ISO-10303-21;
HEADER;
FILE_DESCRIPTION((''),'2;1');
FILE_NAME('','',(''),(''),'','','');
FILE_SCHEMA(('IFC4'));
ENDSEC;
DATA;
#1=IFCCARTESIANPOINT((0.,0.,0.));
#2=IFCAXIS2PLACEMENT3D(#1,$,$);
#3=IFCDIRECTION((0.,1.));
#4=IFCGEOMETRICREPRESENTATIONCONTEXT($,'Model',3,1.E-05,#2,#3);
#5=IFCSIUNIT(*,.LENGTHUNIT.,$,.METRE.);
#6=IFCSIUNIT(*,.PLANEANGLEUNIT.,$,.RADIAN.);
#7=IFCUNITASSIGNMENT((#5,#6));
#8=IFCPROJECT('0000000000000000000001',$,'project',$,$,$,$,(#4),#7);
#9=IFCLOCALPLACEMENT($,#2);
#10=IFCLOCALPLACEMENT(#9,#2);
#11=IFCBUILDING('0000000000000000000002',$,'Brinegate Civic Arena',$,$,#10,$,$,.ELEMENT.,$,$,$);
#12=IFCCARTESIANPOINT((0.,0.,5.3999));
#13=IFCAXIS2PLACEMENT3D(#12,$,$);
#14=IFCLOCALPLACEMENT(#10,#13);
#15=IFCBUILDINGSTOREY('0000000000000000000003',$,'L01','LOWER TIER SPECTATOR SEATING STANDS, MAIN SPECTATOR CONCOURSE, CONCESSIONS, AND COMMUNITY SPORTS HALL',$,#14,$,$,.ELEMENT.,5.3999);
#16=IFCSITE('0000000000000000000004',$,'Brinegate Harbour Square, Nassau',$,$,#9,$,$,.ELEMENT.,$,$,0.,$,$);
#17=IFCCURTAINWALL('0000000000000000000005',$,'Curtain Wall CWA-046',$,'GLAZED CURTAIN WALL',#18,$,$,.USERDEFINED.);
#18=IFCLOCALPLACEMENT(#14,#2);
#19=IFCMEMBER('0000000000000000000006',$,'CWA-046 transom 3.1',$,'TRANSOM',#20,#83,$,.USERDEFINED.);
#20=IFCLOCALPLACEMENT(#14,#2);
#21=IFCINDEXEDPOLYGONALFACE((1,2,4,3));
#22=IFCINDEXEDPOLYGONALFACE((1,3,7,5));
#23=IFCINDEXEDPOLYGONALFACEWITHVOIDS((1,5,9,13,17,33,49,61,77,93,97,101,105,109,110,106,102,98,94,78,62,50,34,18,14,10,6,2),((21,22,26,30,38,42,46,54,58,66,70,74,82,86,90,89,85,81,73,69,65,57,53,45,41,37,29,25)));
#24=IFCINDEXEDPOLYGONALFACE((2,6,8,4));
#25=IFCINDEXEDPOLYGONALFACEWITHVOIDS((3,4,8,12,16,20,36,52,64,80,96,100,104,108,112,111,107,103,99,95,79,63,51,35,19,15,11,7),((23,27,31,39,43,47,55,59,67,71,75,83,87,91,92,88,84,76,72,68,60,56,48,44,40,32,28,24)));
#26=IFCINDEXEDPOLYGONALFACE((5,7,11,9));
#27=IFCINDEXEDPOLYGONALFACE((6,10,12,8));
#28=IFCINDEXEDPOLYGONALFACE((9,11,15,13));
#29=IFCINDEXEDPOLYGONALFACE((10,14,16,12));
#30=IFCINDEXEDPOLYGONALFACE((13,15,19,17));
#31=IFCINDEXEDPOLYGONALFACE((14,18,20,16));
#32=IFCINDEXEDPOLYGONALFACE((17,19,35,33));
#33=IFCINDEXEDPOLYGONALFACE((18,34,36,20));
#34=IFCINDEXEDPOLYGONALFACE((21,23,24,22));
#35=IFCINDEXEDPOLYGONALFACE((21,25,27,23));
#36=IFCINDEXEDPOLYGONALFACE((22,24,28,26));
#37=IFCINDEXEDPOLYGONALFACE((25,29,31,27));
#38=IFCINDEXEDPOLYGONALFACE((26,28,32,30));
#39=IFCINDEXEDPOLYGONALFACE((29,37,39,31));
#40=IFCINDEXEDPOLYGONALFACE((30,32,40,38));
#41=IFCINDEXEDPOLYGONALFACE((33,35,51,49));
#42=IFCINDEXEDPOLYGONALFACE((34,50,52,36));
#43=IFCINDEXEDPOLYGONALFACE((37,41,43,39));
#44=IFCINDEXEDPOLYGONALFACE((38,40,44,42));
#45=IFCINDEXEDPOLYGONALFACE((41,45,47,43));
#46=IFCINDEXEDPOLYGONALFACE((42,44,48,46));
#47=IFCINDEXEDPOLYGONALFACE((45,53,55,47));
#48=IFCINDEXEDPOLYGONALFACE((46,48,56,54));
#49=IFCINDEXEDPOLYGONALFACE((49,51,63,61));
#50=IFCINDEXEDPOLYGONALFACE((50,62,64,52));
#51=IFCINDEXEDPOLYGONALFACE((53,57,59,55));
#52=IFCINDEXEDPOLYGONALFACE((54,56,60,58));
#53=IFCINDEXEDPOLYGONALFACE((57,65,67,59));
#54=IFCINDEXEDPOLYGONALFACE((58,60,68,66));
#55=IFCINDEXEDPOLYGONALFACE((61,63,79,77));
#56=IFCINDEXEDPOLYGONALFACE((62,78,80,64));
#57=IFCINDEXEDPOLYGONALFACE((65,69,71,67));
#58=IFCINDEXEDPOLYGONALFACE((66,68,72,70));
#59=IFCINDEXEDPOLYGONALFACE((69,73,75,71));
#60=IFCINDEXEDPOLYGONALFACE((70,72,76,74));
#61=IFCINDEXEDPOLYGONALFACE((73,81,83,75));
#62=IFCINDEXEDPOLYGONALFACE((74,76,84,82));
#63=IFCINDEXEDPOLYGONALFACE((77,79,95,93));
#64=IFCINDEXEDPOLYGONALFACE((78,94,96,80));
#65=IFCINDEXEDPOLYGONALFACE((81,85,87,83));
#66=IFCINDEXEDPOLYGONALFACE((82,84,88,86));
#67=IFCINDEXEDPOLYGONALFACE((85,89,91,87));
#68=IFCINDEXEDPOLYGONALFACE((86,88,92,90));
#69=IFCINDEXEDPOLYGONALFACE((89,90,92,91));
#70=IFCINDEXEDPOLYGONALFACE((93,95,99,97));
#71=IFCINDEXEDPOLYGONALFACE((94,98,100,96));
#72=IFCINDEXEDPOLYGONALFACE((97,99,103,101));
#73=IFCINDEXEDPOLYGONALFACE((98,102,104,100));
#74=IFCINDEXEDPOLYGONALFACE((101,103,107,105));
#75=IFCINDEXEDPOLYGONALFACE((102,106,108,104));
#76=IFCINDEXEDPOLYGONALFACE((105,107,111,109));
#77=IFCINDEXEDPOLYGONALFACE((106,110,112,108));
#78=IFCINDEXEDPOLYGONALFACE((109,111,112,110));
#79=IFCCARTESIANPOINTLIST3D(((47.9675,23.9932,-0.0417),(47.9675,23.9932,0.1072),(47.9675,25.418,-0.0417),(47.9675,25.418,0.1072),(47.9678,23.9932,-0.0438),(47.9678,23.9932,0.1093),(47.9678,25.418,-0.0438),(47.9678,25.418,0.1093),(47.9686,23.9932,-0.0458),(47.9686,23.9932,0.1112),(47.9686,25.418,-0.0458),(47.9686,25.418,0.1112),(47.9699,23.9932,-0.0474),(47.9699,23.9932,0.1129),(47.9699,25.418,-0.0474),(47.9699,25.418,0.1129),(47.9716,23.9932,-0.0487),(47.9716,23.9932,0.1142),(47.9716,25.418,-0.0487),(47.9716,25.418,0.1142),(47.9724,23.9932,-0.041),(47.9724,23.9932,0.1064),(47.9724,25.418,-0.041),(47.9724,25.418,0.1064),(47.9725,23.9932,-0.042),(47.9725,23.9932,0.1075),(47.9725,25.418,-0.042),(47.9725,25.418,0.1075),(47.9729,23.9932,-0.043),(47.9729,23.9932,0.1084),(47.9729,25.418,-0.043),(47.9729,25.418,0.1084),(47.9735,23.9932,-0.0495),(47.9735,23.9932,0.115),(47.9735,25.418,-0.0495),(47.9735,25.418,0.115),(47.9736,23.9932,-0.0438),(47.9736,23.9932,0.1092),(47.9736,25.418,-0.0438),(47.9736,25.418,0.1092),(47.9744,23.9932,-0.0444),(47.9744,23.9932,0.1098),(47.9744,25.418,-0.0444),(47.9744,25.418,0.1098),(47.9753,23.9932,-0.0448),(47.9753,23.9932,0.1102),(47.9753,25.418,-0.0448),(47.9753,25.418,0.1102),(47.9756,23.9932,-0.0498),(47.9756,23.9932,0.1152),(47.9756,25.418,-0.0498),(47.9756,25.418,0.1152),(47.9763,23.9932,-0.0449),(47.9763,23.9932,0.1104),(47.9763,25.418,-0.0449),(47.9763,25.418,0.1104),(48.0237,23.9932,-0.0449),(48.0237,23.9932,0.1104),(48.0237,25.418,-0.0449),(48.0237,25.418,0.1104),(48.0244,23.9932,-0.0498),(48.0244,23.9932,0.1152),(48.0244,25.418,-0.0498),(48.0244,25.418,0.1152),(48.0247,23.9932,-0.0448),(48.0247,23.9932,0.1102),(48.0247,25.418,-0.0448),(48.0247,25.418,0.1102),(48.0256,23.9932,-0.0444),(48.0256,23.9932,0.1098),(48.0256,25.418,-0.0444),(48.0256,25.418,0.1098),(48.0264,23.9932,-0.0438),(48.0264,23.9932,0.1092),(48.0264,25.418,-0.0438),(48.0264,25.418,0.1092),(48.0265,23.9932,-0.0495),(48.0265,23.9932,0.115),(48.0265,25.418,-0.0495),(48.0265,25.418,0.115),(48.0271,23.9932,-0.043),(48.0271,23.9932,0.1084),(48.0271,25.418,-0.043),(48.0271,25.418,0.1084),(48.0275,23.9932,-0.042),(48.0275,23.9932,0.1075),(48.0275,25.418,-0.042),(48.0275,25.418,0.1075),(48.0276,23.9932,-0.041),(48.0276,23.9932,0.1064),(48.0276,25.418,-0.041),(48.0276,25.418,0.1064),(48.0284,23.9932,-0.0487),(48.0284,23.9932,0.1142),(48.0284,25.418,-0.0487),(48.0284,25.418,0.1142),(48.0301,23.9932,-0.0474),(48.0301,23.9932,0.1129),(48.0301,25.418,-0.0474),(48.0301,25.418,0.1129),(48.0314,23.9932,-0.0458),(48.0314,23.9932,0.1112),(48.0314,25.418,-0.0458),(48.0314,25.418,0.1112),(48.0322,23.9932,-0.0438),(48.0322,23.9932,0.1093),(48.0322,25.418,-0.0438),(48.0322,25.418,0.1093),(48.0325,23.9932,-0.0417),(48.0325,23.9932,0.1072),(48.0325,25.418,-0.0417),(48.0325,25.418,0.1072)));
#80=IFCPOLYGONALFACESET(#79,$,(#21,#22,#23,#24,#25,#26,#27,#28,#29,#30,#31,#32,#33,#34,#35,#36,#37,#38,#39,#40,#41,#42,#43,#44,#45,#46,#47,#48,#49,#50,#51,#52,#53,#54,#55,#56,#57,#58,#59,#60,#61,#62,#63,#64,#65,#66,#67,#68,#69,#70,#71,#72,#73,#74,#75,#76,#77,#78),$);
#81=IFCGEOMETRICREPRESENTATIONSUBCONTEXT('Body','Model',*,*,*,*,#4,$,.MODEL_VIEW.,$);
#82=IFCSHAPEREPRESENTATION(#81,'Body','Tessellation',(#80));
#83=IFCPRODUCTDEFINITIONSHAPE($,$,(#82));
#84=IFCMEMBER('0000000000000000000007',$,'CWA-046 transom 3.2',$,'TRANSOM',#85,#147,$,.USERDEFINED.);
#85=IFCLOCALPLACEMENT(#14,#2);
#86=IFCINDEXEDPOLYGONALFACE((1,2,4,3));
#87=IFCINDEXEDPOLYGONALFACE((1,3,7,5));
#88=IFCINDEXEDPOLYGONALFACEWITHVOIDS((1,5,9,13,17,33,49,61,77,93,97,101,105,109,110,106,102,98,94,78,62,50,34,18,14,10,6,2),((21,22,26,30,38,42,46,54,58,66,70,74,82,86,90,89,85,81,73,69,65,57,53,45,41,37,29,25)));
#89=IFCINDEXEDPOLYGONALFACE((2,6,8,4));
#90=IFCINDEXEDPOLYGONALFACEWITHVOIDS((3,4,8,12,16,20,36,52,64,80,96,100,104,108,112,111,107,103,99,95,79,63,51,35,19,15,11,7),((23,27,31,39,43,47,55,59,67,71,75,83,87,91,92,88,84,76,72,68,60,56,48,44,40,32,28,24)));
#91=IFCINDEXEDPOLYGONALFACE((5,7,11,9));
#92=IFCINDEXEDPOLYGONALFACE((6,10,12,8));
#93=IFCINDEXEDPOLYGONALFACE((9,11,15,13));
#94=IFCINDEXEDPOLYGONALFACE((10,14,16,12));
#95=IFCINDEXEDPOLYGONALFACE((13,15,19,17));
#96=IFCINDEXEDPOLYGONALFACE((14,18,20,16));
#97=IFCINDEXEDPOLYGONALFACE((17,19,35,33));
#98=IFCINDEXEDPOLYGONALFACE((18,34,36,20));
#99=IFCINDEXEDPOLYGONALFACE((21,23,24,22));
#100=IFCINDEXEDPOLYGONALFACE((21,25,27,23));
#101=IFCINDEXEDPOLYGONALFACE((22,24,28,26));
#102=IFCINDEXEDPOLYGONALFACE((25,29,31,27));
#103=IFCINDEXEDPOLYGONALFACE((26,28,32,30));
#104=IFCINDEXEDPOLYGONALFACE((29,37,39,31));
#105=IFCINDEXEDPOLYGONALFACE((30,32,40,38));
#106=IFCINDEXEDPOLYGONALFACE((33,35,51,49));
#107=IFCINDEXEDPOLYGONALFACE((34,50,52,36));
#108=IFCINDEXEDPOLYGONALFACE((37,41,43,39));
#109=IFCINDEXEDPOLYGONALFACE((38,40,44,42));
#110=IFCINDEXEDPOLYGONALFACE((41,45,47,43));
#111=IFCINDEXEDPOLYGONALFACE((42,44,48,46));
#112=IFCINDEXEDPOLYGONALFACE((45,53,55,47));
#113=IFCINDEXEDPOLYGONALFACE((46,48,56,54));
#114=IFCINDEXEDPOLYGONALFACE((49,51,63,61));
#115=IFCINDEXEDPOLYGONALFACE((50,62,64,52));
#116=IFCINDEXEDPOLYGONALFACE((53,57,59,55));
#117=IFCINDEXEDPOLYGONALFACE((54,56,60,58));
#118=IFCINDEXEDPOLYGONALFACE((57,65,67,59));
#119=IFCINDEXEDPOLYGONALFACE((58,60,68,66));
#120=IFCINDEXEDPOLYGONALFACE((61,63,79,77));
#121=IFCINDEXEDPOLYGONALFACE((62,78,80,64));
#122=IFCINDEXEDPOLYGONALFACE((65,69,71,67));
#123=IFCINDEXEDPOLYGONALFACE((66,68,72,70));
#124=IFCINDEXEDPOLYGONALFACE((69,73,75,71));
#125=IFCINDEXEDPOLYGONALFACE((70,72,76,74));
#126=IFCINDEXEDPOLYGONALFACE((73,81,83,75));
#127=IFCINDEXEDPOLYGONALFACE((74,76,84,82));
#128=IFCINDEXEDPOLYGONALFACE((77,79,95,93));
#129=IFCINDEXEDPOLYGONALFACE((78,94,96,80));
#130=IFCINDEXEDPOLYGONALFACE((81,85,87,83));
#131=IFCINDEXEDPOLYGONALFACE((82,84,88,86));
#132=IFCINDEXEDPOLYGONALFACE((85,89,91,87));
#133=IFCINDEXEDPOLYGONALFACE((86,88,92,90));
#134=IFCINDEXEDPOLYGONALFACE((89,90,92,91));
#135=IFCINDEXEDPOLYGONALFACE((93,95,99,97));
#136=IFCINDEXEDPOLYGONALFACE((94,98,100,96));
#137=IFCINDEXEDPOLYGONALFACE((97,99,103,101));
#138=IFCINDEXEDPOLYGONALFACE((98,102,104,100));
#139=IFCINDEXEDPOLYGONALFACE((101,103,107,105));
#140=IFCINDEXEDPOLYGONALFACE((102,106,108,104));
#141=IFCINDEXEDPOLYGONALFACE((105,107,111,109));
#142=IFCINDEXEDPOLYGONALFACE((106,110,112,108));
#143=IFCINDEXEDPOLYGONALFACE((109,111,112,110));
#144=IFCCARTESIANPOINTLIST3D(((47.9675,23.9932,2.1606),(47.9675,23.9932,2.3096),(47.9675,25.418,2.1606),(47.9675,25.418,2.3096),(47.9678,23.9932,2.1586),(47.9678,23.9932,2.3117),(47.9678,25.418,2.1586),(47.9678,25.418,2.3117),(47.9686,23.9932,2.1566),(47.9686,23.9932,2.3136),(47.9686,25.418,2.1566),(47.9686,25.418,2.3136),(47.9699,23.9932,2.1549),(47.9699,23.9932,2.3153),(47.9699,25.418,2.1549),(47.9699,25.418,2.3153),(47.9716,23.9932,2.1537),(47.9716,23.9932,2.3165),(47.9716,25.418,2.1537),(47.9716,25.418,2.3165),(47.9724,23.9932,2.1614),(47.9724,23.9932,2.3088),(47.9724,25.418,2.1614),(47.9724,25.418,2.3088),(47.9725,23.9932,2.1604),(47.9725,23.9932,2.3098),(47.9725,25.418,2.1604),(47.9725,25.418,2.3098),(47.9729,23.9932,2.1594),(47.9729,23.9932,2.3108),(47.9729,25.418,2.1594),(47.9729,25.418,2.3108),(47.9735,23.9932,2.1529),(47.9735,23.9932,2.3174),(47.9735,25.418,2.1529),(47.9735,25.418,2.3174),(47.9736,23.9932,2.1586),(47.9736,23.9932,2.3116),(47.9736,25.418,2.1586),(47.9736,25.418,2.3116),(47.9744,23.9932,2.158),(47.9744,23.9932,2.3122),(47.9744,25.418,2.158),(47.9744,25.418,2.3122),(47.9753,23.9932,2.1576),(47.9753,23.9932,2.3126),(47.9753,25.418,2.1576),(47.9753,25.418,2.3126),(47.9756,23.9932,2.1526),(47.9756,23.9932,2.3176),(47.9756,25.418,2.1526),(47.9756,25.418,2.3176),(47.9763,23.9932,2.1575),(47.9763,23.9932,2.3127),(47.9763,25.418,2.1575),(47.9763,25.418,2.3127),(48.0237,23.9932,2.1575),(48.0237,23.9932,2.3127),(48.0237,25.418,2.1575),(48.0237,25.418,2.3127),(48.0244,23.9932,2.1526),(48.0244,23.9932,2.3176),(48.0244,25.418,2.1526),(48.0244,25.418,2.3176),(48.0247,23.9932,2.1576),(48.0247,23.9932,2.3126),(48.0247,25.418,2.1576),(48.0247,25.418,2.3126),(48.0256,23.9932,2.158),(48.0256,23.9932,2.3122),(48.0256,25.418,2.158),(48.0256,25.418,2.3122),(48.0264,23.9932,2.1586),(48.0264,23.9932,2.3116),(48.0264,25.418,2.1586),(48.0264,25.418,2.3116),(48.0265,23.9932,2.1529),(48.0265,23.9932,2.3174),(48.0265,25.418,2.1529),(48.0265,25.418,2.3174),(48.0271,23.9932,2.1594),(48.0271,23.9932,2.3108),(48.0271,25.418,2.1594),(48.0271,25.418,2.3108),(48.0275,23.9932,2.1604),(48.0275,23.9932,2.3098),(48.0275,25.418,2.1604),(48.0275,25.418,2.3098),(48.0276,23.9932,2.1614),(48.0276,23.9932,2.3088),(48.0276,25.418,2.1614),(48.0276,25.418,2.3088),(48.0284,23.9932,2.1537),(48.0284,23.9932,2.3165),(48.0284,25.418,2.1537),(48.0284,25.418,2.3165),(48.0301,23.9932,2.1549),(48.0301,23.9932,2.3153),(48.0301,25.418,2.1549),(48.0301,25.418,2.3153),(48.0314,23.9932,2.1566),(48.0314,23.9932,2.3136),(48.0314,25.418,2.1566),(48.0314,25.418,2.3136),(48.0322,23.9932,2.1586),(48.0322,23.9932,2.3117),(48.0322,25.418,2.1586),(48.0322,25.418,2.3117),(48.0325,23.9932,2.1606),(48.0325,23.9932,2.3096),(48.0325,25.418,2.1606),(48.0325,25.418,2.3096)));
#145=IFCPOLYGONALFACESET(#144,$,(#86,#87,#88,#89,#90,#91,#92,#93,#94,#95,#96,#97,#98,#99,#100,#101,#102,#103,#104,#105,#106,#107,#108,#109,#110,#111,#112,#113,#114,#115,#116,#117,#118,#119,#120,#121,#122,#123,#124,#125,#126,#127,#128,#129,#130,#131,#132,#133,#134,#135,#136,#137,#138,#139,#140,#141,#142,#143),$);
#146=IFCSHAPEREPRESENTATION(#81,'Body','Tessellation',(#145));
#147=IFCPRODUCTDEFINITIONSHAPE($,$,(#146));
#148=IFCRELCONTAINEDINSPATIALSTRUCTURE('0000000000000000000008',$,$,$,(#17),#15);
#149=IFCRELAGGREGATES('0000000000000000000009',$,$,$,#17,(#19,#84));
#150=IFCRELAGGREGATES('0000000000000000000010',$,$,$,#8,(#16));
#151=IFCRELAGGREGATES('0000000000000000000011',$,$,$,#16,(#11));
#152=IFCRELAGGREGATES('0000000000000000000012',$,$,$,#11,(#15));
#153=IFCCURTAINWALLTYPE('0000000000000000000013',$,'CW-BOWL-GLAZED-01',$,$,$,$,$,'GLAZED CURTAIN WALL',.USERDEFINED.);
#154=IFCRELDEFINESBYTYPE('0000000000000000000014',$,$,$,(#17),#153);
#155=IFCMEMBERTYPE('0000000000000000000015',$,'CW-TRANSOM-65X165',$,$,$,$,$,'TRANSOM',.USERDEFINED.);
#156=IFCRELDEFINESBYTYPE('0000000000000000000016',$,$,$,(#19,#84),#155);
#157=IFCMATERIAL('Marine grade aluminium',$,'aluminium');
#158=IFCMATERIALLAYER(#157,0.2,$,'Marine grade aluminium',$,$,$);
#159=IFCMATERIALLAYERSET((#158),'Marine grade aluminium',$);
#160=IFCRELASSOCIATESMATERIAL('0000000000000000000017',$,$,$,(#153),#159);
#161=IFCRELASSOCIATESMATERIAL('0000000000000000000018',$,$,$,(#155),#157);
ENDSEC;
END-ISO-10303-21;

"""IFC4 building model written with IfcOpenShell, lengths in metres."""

from ifc_helpers import new_model, si_unit, direction, frame, origin, origin_2d, place, context, subcontext, project, spatial, hollow_rectangle, extrude, material, layer, layer_set, material_profile, profile_set, type_object, element, aggregate, save


model = new_model("IFC4")

# Units and contexts
model_context = context("Model", 3, precision=1e-05, world=origin(), true_north=direction((0.0, 1.0)))
body_context = subcontext(model_context, "Body", "Model", "MODEL_VIEW")
ifc_project = project(units=[si_unit("LENGTHUNIT", "METRE"), si_unit("PLANEANGLEUNIT", "RADIAN")], contexts=[model_context])

# Site, building, storey
site_placement = place(None, origin())
site = spatial("IfcSite", under=ifc_project, at=site_placement, Name="Brinegate Harbour Square, Nassau", CompositionType="ELEMENT", RefElevation=0.0)
building_placement = place(site_placement, origin())
building = spatial("IfcBuilding", under=site, at=building_placement, Name="Brinegate Civic Arena", CompositionType="ELEMENT")
storey_placement = place(building_placement, frame((0.0, 0.0, 5.3999)))
storey = spatial("IfcBuildingStorey", under=building, at=storey_placement, Name="L01", Description="LOWER TIER SPECTATOR SEATING STANDS, MAIN SPECTATOR CONCOURSE, CONCESSIONS, AND COMMUNITY SPORTS HALL", CompositionType="ELEMENT", Elevation=5.3999)

# Curtain wall, members
ifc_material_1 = material(Name="Marine grade aluminium", Category="aluminium")
ifc_layer_1 = layer(ifc_material_1, 0.2, Name="Marine grade aluminium")
ifc_layer_set_1 = layer_set([ifc_layer_1], Name="Marine grade aluminium")
curtain_wall_type = type_object("IfcCurtainWallType", Name="CW-BOWL-GLAZED-01", ElementType="GLAZED CURTAIN WALL", PredefinedType="USERDEFINED", material=ifc_layer_set_1)
curtain_wall_placement = place(storey_placement, origin())
curtain_wall = element("IfcCurtainWall", 1, at=curtain_wall_placement, inside=storey, type_object=curtain_wall_type, Name="Curtain Wall CWA-046", ObjectType="GLAZED CURTAIN WALL", PredefinedType="USERDEFINED")
ifc_material_profile_1 = material_profile(ifc_material_1, hollow_rectangle(XDim=0.0649, YDim=0.165, WallThickness=0.0049, InnerFilletRadius=0.0039, OuterFilletRadius=0.0081, at=origin_2d()), Name="TRN65X165")
ifc_profile_set_1 = profile_set([ifc_material_profile_1], Name="Marine grade aluminium")
member_type_1 = type_object("IfcMemberType", Name="CW-TRANSOM-65X165", ElementType="TRANSOM", PredefinedType="USERDEFINED", material=ifc_profile_set_1)
member_1_placement = place(storey_placement, frame((48.0, 23.9932, 0.0327), z_axis=(0.0, 1.0, 0.0), x_axis=(-1.0, 0.0, 0.0)))
member_1 = element("IfcMember", 2, at=member_1_placement, type_object=member_type_1, Name="CWA-046 transom 3.1", ObjectType="TRANSOM", PredefinedType="USERDEFINED", context=body_context, shape_type="SweptSolid", body=[
    extrude(hollow_rectangle(XDim=0.0649, YDim=0.165, WallThickness=0.0049, InnerFilletRadius=0.0039, OuterFilletRadius=0.0081, at=origin_2d()), origin(), (0.0, 0.0, 1.0), 1.4248),
])
member_2_placement = place(storey_placement, frame((48.0, 23.9932, 2.2351), z_axis=(0.0, 1.0, 0.0), x_axis=(-1.0, 0.0, 0.0)))
member_2 = element("IfcMember", 3, at=member_2_placement, type_object=member_type_1, Name="CWA-046 transom 3.2", ObjectType="TRANSOM", PredefinedType="USERDEFINED", context=body_context, shape_type="SweptSolid", body=[
    extrude(hollow_rectangle(XDim=0.0649, YDim=0.165, WallThickness=0.0049, InnerFilletRadius=0.0039, OuterFilletRadius=0.0081, at=origin_2d()), origin(), (0.0, 0.0, 1.0), 1.4248),
])

aggregate(curtain_wall, [member_1, member_2])

save(model, "model.ifc")
